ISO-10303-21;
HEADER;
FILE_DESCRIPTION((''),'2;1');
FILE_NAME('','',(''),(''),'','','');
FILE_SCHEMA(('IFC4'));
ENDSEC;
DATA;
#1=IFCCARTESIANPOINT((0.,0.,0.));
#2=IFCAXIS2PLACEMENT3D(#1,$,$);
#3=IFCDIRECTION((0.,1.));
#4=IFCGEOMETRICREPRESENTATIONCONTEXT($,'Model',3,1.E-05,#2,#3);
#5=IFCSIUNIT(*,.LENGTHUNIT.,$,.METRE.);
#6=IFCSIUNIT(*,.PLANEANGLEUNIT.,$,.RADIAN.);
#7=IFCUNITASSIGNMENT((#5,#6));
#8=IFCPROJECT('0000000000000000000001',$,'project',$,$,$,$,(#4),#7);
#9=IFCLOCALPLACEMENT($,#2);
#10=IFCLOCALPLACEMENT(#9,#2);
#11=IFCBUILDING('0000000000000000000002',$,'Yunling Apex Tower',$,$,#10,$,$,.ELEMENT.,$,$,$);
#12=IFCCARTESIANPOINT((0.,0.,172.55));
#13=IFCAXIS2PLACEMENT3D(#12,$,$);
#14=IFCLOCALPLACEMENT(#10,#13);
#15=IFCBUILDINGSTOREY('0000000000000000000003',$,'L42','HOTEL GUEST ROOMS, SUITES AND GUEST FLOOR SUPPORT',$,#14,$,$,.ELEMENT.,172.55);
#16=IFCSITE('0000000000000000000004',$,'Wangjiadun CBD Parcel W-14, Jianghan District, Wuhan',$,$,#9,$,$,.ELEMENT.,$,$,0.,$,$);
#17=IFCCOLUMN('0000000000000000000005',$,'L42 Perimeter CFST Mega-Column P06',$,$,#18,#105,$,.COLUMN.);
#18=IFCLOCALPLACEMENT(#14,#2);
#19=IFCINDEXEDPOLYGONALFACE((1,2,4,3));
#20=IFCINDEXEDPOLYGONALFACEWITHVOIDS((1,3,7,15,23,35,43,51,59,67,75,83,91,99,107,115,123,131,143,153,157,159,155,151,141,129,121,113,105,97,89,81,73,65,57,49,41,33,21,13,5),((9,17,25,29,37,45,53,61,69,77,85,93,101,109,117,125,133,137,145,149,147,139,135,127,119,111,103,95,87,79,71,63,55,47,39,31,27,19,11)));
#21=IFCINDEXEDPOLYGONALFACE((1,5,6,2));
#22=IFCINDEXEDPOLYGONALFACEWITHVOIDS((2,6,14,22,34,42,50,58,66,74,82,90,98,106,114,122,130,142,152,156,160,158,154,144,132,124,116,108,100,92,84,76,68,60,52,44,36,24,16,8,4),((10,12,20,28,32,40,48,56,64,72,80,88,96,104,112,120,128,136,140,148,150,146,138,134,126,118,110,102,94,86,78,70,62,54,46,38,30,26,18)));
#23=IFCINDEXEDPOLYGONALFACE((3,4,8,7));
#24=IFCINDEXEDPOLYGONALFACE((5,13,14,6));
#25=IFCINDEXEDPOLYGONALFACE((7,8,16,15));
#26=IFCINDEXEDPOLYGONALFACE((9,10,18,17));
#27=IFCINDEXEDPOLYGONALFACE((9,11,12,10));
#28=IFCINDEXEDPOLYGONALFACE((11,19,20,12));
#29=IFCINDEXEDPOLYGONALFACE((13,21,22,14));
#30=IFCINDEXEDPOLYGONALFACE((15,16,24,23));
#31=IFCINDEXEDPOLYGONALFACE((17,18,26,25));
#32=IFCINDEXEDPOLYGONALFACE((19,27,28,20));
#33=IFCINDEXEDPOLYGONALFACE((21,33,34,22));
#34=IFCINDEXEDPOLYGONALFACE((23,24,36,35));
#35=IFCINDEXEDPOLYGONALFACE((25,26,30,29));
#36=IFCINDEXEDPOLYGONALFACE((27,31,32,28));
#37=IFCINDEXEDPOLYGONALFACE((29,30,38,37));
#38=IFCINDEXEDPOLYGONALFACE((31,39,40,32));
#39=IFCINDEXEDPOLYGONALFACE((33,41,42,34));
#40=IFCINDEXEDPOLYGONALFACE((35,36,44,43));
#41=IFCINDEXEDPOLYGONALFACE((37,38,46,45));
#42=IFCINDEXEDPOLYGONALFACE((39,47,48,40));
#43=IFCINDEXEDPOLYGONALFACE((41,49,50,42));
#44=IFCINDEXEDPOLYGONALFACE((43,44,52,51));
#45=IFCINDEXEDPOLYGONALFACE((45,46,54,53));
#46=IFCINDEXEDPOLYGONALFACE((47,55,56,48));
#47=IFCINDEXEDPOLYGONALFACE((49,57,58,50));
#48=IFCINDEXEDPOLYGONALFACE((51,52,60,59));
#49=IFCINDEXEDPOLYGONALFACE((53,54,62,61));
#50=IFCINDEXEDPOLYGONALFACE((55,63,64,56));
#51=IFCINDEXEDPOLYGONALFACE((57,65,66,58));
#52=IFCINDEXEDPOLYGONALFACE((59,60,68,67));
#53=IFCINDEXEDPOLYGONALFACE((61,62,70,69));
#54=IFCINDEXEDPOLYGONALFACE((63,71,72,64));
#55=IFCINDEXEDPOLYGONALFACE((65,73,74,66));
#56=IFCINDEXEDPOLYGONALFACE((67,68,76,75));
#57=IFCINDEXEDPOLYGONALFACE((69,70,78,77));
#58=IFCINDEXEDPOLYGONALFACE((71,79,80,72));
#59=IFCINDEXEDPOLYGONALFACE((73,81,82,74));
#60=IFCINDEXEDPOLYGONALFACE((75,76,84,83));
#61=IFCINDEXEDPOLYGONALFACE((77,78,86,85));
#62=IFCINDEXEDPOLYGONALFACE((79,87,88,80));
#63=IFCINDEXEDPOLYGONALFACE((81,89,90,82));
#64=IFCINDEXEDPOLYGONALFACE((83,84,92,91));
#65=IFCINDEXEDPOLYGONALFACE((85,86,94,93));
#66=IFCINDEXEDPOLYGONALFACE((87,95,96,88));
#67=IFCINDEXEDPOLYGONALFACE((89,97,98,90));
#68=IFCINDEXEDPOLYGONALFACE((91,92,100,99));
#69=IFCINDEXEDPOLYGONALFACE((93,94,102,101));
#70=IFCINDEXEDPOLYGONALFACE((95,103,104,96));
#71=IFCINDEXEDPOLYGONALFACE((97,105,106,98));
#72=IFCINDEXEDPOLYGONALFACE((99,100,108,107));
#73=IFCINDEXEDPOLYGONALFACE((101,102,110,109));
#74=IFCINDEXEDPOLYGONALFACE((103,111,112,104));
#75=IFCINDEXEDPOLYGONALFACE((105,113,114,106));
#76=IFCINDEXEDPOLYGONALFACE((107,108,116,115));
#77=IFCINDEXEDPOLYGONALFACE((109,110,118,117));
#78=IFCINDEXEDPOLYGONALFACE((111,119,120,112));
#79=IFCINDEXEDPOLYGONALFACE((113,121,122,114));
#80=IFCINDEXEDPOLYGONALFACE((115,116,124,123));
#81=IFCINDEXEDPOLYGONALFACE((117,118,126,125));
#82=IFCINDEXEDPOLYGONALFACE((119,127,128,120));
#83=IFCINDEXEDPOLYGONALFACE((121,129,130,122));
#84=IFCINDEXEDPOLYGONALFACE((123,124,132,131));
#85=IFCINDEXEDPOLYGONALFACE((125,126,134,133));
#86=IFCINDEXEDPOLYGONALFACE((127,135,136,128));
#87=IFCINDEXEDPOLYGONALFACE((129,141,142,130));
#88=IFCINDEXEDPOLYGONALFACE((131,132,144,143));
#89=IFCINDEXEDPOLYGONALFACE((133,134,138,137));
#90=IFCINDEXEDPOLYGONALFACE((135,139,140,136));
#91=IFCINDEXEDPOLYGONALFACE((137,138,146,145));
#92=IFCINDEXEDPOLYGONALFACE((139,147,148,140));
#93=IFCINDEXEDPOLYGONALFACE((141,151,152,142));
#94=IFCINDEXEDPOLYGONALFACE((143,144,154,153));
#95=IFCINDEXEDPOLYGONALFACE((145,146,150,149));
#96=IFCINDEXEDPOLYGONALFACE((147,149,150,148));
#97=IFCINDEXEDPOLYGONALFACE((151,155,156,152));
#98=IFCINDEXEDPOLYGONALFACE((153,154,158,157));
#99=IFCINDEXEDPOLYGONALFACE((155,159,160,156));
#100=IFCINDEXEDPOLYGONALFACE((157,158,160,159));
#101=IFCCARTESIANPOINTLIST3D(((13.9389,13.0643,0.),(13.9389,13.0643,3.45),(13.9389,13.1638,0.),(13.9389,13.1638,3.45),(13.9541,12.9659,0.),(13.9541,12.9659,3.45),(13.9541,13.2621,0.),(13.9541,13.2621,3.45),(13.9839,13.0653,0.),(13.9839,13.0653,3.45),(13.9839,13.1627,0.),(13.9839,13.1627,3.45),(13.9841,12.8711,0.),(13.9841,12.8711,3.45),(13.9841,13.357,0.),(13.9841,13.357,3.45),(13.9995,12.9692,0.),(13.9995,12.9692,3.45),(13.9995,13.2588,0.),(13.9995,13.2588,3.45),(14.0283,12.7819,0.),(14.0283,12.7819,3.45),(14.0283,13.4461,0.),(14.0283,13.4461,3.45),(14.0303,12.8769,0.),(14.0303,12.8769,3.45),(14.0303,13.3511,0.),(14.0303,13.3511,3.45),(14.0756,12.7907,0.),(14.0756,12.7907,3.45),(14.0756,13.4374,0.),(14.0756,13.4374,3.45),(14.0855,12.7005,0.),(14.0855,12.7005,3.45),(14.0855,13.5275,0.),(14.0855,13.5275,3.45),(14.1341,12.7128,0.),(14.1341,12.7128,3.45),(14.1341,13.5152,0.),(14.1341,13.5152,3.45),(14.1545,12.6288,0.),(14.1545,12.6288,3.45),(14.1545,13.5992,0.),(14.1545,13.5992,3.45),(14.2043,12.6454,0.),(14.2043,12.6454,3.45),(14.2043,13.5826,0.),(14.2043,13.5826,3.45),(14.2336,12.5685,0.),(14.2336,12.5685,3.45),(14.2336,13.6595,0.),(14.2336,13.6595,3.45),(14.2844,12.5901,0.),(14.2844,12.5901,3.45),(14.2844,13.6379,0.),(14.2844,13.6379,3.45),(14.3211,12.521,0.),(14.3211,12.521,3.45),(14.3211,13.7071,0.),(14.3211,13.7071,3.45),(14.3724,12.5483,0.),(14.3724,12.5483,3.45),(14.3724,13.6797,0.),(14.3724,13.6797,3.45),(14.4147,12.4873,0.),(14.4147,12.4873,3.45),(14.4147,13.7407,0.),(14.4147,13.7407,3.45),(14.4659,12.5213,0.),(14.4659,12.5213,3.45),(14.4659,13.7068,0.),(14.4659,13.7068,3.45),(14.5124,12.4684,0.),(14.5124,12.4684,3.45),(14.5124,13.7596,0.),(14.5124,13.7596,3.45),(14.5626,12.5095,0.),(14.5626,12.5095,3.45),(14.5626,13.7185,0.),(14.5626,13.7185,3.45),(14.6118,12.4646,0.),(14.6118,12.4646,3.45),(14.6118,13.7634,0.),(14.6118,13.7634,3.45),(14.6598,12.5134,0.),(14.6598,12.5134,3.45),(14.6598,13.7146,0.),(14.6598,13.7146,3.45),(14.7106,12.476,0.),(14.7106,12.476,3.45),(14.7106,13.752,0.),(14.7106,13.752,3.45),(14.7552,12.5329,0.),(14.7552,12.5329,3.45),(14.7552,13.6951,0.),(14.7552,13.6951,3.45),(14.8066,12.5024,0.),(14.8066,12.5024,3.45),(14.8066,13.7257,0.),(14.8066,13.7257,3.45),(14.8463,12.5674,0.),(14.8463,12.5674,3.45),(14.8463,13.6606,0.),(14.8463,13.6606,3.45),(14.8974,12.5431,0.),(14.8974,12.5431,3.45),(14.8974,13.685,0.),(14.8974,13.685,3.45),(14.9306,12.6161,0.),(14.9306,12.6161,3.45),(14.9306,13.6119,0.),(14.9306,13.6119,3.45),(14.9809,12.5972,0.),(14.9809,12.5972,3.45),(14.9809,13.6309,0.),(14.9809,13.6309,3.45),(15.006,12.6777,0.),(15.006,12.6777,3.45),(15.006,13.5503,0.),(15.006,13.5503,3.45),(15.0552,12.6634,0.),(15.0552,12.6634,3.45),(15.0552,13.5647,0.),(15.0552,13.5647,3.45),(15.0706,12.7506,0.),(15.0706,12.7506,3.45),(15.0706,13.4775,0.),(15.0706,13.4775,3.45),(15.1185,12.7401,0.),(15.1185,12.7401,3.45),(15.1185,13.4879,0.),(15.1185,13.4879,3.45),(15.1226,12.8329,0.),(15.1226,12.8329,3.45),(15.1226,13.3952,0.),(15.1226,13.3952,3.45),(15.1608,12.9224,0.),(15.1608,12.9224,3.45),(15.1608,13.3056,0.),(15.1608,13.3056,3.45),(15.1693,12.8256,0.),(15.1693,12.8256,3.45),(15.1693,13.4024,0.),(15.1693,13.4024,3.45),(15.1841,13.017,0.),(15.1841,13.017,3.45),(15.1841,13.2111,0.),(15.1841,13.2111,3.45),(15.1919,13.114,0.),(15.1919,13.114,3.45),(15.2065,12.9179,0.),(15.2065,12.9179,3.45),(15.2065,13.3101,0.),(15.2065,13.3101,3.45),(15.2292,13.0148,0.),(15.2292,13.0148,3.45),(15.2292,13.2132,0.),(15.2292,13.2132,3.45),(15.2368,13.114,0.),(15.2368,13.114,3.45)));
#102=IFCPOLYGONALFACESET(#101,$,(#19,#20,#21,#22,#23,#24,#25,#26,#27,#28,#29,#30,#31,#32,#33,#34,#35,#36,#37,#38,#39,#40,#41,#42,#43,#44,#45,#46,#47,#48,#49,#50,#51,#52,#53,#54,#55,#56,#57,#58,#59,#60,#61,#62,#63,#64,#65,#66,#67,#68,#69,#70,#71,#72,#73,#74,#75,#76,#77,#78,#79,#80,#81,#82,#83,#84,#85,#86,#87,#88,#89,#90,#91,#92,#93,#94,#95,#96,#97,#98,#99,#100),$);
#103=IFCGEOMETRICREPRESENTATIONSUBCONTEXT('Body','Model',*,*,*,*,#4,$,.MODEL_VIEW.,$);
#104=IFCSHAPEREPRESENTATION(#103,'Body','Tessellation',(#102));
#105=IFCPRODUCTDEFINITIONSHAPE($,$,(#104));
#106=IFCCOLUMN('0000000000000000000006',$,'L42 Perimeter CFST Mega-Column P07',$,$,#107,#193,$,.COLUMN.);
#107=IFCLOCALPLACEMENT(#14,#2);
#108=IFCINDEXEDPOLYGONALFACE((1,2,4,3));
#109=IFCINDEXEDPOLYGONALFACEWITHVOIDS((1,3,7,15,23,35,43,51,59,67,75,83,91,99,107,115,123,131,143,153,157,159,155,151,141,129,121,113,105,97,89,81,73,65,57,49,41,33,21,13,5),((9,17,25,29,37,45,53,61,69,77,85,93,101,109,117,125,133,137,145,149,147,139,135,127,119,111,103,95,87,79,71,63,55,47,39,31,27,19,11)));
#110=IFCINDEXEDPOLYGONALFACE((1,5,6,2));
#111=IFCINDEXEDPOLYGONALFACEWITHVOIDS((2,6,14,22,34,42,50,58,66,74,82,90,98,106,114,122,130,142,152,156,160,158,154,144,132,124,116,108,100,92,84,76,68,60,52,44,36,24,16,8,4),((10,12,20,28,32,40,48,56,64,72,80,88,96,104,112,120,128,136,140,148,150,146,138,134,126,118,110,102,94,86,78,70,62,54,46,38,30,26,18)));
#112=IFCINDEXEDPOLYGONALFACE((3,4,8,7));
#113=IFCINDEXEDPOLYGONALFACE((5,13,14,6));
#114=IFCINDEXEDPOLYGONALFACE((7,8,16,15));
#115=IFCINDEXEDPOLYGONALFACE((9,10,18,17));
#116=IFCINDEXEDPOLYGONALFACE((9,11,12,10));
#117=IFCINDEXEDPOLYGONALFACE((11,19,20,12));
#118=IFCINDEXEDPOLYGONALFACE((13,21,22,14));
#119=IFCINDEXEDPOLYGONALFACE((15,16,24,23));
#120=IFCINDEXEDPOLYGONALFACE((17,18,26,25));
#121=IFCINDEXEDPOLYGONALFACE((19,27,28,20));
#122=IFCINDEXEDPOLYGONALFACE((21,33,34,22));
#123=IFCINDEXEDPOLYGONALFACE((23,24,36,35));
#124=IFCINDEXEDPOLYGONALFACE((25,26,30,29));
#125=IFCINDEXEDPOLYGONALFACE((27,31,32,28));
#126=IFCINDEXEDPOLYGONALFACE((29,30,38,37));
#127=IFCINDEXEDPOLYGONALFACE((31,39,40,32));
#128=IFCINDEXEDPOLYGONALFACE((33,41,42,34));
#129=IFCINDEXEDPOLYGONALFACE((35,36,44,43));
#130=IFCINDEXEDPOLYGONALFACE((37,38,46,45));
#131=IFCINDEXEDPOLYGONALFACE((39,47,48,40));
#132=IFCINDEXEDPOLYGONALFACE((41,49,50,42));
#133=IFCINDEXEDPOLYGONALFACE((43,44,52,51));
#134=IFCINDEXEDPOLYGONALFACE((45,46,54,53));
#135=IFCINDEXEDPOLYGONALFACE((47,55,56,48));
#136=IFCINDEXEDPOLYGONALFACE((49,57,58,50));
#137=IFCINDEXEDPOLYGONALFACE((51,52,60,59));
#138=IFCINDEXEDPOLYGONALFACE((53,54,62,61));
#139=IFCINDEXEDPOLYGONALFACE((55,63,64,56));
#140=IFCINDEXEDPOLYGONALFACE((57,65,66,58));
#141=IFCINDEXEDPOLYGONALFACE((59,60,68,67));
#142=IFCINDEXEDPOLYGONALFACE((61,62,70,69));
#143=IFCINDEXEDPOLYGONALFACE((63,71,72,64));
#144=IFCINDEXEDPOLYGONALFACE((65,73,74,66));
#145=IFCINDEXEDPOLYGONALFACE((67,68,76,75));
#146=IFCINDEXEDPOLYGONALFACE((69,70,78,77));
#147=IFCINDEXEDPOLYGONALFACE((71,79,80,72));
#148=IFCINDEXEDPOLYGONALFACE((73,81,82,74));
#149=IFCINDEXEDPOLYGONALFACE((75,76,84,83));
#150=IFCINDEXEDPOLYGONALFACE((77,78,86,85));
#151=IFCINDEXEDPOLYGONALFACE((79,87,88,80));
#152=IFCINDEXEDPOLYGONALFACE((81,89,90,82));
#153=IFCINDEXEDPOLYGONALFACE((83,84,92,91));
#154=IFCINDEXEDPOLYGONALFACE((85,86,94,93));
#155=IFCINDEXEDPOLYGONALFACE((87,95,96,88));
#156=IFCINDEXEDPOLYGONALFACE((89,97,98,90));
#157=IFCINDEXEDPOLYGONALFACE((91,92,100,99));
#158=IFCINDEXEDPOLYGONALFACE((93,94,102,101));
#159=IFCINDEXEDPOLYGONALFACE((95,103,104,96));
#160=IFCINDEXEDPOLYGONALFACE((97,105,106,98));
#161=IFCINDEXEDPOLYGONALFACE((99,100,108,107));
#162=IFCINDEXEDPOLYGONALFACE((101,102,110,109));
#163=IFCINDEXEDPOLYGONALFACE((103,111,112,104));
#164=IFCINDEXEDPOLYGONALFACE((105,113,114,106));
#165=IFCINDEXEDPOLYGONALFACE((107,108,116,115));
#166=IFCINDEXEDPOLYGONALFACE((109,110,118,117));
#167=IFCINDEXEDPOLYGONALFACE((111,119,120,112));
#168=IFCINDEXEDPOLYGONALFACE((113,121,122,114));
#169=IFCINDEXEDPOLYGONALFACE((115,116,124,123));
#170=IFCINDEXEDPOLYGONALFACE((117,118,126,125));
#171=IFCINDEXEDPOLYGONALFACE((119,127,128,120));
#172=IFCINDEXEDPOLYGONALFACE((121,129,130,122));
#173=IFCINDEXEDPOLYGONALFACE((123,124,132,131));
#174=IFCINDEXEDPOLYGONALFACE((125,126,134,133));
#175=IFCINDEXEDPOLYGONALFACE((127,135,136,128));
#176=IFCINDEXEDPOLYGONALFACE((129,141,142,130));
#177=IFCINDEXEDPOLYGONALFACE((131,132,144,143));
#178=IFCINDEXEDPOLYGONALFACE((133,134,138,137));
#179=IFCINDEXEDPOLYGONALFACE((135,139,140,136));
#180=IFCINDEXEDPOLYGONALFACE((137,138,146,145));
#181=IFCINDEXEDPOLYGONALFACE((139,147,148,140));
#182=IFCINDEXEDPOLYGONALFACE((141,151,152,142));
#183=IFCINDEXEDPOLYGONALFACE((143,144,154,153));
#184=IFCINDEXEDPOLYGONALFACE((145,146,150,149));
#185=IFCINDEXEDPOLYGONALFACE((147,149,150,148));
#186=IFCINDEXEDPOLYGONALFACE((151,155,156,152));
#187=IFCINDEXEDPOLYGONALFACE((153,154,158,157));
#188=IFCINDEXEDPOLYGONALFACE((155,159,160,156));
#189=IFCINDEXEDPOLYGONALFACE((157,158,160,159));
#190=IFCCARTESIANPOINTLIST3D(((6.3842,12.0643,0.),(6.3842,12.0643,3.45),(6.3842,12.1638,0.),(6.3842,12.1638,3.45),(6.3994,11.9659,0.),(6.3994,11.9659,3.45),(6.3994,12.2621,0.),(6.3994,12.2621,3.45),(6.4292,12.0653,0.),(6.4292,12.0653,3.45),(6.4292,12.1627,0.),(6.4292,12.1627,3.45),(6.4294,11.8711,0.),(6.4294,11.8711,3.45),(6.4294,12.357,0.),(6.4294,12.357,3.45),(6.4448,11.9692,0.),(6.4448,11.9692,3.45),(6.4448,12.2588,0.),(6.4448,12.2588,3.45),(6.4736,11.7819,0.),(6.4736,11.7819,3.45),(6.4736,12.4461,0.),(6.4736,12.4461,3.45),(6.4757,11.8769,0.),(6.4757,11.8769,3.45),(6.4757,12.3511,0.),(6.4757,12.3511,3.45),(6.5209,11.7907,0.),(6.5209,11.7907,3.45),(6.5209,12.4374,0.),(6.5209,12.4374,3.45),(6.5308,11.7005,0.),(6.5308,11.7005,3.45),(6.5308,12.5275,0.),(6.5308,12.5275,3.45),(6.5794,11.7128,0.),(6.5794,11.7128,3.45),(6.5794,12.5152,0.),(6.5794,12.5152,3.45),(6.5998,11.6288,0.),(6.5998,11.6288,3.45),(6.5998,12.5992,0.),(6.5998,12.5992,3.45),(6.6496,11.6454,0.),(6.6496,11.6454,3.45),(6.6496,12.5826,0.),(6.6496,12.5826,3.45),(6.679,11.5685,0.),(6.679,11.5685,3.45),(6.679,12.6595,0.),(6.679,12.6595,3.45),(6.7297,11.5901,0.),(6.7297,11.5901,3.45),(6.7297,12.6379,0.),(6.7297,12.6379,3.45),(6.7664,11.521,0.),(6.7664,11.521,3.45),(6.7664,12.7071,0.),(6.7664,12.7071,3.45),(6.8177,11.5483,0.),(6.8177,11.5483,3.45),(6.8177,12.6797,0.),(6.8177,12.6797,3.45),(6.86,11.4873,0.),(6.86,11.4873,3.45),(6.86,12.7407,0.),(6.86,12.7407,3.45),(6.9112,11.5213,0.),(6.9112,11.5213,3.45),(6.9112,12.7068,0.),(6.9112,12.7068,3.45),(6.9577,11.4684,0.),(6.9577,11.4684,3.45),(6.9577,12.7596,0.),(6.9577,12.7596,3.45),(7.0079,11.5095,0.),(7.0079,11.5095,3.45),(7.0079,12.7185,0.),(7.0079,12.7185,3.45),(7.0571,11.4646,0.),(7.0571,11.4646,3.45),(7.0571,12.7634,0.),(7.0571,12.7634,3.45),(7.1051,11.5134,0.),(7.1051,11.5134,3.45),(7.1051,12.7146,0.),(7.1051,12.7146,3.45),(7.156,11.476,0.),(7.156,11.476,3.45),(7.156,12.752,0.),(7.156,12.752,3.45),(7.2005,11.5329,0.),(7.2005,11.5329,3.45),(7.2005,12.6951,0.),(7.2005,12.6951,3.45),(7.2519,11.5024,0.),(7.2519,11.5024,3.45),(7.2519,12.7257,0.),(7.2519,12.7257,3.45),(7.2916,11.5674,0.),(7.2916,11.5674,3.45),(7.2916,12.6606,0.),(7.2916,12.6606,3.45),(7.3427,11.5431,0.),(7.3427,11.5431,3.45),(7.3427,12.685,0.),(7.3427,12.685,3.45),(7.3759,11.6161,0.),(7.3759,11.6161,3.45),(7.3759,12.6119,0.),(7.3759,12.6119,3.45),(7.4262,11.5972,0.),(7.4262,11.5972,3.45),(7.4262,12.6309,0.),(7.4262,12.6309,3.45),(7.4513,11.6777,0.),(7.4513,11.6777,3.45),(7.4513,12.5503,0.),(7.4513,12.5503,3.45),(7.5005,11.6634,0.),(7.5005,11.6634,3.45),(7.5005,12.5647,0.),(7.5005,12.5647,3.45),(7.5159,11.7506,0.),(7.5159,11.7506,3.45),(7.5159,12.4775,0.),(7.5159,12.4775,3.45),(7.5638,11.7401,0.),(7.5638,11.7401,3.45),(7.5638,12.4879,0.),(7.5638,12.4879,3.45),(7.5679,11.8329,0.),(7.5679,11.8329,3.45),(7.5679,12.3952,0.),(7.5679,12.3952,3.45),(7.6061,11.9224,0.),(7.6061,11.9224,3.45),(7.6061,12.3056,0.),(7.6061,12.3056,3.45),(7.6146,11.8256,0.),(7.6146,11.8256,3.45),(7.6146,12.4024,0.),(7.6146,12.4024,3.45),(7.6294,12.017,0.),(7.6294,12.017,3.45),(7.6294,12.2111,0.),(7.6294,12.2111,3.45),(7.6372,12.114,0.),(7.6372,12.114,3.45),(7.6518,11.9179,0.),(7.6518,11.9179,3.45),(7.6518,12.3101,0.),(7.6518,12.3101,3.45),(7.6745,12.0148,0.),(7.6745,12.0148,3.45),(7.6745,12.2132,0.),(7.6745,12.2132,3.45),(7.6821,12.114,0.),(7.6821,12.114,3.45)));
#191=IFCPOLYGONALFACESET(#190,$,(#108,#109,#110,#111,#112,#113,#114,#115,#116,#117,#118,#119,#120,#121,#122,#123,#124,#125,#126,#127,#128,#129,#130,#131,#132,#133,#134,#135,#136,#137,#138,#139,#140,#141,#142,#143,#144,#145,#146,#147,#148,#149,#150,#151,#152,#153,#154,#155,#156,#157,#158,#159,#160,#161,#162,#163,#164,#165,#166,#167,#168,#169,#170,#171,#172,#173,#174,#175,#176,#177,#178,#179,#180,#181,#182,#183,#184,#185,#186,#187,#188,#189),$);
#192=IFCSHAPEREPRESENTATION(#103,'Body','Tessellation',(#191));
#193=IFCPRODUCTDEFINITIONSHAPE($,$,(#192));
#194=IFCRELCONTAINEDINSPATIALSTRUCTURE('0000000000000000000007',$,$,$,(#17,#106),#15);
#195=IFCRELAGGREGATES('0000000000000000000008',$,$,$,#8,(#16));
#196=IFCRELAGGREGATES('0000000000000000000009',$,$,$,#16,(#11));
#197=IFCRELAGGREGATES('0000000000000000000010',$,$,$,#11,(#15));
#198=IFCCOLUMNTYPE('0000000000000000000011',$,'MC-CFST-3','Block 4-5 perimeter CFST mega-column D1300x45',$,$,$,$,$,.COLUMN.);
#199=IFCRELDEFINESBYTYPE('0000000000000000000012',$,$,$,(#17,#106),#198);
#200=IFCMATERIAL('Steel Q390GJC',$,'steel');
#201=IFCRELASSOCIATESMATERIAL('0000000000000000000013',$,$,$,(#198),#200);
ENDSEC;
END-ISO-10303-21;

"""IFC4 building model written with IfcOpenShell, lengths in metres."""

from ifc_helpers import new_model, si_unit, direction, frame, origin, origin_2d, place, context, subcontext, project, spatial, hollow_circle, extrude, source, transform, mapped, material, material_profile, profile_set, type_object, element, save


model = new_model("IFC4")

# Units and contexts
model_context = context("Model", 3, precision=1e-05, world=origin(), true_north=direction((0.0, 1.0)))
body_context = subcontext(model_context, "Body", "Model", "MODEL_VIEW")
ifc_project = project(units=[si_unit("LENGTHUNIT", "METRE"), si_unit("PLANEANGLEUNIT", "RADIAN")], contexts=[model_context])

# Site, building, storey
site_placement = place(None, origin())
site = spatial("IfcSite", under=ifc_project, at=site_placement, Name="Wangjiadun CBD Parcel W-14, Jianghan District, Wuhan", CompositionType="ELEMENT", RefElevation=0.0)
building_placement = place(site_placement, origin())
building = spatial("IfcBuilding", under=site, at=building_placement, Name="Yunling Apex Tower", CompositionType="ELEMENT")
storey_placement = place(building_placement, frame((0.0, 0.0, 172.55)))
storey = spatial("IfcBuildingStorey", under=building, at=storey_placement, Name="L42", Description="HOTEL GUEST ROOMS, SUITES AND GUEST FLOOR SUPPORT", CompositionType="ELEMENT", Elevation=172.55)

# Columns
ifc_material_1 = material(Name="Steel Q390GJC", Category="steel")
ifc_material_profile_1 = material_profile(ifc_material_1, hollow_circle(Radius=0.6499, WallThickness=0.0449, at=origin_2d()))
ifc_profile_set_1 = profile_set([ifc_material_profile_1], Name="Steel Q390GJC")
column_type = type_object("IfcColumnType", Name="MC-CFST-3", Description="Block 4-5 perimeter CFST mega-column D1300x45", PredefinedType="COLUMN", material=ifc_profile_set_1)
shared_shape_1 = source(origin(), body_context, "Body", "SweptSolid", [
    extrude(hollow_circle(Radius=0.6499, WallThickness=0.0449, at=origin_2d()), origin(), (0.0, 0.0, 1.0), 3.45),
])
for number, where, z_axis, x_axis, name in (
    (1, (14.5869, 13.114, 0.0), (0.0, 0.0, 1.0), (1.0, 0.0, 0.0), "L42 Perimeter CFST Mega-Column P06"),
    (2, (7.0322, 12.114, 0.0), (0.0, 0.0, 1.0), (1.0, 0.0, 0.0), "L42 Perimeter CFST Mega-Column P07"),
):
    element("IfcColumn", number, at=place(storey_placement, frame(where, z_axis=z_axis, x_axis=x_axis)), inside=storey, type_object=column_type, Name=name, PredefinedType="COLUMN", context=body_context, shape_type="MappedRepresentation", body=[
        mapped(shared_shape_1, transform((0.0, 0.0, 0.0), scale=1.0)),
    ])

save(model, "model.ifc")
